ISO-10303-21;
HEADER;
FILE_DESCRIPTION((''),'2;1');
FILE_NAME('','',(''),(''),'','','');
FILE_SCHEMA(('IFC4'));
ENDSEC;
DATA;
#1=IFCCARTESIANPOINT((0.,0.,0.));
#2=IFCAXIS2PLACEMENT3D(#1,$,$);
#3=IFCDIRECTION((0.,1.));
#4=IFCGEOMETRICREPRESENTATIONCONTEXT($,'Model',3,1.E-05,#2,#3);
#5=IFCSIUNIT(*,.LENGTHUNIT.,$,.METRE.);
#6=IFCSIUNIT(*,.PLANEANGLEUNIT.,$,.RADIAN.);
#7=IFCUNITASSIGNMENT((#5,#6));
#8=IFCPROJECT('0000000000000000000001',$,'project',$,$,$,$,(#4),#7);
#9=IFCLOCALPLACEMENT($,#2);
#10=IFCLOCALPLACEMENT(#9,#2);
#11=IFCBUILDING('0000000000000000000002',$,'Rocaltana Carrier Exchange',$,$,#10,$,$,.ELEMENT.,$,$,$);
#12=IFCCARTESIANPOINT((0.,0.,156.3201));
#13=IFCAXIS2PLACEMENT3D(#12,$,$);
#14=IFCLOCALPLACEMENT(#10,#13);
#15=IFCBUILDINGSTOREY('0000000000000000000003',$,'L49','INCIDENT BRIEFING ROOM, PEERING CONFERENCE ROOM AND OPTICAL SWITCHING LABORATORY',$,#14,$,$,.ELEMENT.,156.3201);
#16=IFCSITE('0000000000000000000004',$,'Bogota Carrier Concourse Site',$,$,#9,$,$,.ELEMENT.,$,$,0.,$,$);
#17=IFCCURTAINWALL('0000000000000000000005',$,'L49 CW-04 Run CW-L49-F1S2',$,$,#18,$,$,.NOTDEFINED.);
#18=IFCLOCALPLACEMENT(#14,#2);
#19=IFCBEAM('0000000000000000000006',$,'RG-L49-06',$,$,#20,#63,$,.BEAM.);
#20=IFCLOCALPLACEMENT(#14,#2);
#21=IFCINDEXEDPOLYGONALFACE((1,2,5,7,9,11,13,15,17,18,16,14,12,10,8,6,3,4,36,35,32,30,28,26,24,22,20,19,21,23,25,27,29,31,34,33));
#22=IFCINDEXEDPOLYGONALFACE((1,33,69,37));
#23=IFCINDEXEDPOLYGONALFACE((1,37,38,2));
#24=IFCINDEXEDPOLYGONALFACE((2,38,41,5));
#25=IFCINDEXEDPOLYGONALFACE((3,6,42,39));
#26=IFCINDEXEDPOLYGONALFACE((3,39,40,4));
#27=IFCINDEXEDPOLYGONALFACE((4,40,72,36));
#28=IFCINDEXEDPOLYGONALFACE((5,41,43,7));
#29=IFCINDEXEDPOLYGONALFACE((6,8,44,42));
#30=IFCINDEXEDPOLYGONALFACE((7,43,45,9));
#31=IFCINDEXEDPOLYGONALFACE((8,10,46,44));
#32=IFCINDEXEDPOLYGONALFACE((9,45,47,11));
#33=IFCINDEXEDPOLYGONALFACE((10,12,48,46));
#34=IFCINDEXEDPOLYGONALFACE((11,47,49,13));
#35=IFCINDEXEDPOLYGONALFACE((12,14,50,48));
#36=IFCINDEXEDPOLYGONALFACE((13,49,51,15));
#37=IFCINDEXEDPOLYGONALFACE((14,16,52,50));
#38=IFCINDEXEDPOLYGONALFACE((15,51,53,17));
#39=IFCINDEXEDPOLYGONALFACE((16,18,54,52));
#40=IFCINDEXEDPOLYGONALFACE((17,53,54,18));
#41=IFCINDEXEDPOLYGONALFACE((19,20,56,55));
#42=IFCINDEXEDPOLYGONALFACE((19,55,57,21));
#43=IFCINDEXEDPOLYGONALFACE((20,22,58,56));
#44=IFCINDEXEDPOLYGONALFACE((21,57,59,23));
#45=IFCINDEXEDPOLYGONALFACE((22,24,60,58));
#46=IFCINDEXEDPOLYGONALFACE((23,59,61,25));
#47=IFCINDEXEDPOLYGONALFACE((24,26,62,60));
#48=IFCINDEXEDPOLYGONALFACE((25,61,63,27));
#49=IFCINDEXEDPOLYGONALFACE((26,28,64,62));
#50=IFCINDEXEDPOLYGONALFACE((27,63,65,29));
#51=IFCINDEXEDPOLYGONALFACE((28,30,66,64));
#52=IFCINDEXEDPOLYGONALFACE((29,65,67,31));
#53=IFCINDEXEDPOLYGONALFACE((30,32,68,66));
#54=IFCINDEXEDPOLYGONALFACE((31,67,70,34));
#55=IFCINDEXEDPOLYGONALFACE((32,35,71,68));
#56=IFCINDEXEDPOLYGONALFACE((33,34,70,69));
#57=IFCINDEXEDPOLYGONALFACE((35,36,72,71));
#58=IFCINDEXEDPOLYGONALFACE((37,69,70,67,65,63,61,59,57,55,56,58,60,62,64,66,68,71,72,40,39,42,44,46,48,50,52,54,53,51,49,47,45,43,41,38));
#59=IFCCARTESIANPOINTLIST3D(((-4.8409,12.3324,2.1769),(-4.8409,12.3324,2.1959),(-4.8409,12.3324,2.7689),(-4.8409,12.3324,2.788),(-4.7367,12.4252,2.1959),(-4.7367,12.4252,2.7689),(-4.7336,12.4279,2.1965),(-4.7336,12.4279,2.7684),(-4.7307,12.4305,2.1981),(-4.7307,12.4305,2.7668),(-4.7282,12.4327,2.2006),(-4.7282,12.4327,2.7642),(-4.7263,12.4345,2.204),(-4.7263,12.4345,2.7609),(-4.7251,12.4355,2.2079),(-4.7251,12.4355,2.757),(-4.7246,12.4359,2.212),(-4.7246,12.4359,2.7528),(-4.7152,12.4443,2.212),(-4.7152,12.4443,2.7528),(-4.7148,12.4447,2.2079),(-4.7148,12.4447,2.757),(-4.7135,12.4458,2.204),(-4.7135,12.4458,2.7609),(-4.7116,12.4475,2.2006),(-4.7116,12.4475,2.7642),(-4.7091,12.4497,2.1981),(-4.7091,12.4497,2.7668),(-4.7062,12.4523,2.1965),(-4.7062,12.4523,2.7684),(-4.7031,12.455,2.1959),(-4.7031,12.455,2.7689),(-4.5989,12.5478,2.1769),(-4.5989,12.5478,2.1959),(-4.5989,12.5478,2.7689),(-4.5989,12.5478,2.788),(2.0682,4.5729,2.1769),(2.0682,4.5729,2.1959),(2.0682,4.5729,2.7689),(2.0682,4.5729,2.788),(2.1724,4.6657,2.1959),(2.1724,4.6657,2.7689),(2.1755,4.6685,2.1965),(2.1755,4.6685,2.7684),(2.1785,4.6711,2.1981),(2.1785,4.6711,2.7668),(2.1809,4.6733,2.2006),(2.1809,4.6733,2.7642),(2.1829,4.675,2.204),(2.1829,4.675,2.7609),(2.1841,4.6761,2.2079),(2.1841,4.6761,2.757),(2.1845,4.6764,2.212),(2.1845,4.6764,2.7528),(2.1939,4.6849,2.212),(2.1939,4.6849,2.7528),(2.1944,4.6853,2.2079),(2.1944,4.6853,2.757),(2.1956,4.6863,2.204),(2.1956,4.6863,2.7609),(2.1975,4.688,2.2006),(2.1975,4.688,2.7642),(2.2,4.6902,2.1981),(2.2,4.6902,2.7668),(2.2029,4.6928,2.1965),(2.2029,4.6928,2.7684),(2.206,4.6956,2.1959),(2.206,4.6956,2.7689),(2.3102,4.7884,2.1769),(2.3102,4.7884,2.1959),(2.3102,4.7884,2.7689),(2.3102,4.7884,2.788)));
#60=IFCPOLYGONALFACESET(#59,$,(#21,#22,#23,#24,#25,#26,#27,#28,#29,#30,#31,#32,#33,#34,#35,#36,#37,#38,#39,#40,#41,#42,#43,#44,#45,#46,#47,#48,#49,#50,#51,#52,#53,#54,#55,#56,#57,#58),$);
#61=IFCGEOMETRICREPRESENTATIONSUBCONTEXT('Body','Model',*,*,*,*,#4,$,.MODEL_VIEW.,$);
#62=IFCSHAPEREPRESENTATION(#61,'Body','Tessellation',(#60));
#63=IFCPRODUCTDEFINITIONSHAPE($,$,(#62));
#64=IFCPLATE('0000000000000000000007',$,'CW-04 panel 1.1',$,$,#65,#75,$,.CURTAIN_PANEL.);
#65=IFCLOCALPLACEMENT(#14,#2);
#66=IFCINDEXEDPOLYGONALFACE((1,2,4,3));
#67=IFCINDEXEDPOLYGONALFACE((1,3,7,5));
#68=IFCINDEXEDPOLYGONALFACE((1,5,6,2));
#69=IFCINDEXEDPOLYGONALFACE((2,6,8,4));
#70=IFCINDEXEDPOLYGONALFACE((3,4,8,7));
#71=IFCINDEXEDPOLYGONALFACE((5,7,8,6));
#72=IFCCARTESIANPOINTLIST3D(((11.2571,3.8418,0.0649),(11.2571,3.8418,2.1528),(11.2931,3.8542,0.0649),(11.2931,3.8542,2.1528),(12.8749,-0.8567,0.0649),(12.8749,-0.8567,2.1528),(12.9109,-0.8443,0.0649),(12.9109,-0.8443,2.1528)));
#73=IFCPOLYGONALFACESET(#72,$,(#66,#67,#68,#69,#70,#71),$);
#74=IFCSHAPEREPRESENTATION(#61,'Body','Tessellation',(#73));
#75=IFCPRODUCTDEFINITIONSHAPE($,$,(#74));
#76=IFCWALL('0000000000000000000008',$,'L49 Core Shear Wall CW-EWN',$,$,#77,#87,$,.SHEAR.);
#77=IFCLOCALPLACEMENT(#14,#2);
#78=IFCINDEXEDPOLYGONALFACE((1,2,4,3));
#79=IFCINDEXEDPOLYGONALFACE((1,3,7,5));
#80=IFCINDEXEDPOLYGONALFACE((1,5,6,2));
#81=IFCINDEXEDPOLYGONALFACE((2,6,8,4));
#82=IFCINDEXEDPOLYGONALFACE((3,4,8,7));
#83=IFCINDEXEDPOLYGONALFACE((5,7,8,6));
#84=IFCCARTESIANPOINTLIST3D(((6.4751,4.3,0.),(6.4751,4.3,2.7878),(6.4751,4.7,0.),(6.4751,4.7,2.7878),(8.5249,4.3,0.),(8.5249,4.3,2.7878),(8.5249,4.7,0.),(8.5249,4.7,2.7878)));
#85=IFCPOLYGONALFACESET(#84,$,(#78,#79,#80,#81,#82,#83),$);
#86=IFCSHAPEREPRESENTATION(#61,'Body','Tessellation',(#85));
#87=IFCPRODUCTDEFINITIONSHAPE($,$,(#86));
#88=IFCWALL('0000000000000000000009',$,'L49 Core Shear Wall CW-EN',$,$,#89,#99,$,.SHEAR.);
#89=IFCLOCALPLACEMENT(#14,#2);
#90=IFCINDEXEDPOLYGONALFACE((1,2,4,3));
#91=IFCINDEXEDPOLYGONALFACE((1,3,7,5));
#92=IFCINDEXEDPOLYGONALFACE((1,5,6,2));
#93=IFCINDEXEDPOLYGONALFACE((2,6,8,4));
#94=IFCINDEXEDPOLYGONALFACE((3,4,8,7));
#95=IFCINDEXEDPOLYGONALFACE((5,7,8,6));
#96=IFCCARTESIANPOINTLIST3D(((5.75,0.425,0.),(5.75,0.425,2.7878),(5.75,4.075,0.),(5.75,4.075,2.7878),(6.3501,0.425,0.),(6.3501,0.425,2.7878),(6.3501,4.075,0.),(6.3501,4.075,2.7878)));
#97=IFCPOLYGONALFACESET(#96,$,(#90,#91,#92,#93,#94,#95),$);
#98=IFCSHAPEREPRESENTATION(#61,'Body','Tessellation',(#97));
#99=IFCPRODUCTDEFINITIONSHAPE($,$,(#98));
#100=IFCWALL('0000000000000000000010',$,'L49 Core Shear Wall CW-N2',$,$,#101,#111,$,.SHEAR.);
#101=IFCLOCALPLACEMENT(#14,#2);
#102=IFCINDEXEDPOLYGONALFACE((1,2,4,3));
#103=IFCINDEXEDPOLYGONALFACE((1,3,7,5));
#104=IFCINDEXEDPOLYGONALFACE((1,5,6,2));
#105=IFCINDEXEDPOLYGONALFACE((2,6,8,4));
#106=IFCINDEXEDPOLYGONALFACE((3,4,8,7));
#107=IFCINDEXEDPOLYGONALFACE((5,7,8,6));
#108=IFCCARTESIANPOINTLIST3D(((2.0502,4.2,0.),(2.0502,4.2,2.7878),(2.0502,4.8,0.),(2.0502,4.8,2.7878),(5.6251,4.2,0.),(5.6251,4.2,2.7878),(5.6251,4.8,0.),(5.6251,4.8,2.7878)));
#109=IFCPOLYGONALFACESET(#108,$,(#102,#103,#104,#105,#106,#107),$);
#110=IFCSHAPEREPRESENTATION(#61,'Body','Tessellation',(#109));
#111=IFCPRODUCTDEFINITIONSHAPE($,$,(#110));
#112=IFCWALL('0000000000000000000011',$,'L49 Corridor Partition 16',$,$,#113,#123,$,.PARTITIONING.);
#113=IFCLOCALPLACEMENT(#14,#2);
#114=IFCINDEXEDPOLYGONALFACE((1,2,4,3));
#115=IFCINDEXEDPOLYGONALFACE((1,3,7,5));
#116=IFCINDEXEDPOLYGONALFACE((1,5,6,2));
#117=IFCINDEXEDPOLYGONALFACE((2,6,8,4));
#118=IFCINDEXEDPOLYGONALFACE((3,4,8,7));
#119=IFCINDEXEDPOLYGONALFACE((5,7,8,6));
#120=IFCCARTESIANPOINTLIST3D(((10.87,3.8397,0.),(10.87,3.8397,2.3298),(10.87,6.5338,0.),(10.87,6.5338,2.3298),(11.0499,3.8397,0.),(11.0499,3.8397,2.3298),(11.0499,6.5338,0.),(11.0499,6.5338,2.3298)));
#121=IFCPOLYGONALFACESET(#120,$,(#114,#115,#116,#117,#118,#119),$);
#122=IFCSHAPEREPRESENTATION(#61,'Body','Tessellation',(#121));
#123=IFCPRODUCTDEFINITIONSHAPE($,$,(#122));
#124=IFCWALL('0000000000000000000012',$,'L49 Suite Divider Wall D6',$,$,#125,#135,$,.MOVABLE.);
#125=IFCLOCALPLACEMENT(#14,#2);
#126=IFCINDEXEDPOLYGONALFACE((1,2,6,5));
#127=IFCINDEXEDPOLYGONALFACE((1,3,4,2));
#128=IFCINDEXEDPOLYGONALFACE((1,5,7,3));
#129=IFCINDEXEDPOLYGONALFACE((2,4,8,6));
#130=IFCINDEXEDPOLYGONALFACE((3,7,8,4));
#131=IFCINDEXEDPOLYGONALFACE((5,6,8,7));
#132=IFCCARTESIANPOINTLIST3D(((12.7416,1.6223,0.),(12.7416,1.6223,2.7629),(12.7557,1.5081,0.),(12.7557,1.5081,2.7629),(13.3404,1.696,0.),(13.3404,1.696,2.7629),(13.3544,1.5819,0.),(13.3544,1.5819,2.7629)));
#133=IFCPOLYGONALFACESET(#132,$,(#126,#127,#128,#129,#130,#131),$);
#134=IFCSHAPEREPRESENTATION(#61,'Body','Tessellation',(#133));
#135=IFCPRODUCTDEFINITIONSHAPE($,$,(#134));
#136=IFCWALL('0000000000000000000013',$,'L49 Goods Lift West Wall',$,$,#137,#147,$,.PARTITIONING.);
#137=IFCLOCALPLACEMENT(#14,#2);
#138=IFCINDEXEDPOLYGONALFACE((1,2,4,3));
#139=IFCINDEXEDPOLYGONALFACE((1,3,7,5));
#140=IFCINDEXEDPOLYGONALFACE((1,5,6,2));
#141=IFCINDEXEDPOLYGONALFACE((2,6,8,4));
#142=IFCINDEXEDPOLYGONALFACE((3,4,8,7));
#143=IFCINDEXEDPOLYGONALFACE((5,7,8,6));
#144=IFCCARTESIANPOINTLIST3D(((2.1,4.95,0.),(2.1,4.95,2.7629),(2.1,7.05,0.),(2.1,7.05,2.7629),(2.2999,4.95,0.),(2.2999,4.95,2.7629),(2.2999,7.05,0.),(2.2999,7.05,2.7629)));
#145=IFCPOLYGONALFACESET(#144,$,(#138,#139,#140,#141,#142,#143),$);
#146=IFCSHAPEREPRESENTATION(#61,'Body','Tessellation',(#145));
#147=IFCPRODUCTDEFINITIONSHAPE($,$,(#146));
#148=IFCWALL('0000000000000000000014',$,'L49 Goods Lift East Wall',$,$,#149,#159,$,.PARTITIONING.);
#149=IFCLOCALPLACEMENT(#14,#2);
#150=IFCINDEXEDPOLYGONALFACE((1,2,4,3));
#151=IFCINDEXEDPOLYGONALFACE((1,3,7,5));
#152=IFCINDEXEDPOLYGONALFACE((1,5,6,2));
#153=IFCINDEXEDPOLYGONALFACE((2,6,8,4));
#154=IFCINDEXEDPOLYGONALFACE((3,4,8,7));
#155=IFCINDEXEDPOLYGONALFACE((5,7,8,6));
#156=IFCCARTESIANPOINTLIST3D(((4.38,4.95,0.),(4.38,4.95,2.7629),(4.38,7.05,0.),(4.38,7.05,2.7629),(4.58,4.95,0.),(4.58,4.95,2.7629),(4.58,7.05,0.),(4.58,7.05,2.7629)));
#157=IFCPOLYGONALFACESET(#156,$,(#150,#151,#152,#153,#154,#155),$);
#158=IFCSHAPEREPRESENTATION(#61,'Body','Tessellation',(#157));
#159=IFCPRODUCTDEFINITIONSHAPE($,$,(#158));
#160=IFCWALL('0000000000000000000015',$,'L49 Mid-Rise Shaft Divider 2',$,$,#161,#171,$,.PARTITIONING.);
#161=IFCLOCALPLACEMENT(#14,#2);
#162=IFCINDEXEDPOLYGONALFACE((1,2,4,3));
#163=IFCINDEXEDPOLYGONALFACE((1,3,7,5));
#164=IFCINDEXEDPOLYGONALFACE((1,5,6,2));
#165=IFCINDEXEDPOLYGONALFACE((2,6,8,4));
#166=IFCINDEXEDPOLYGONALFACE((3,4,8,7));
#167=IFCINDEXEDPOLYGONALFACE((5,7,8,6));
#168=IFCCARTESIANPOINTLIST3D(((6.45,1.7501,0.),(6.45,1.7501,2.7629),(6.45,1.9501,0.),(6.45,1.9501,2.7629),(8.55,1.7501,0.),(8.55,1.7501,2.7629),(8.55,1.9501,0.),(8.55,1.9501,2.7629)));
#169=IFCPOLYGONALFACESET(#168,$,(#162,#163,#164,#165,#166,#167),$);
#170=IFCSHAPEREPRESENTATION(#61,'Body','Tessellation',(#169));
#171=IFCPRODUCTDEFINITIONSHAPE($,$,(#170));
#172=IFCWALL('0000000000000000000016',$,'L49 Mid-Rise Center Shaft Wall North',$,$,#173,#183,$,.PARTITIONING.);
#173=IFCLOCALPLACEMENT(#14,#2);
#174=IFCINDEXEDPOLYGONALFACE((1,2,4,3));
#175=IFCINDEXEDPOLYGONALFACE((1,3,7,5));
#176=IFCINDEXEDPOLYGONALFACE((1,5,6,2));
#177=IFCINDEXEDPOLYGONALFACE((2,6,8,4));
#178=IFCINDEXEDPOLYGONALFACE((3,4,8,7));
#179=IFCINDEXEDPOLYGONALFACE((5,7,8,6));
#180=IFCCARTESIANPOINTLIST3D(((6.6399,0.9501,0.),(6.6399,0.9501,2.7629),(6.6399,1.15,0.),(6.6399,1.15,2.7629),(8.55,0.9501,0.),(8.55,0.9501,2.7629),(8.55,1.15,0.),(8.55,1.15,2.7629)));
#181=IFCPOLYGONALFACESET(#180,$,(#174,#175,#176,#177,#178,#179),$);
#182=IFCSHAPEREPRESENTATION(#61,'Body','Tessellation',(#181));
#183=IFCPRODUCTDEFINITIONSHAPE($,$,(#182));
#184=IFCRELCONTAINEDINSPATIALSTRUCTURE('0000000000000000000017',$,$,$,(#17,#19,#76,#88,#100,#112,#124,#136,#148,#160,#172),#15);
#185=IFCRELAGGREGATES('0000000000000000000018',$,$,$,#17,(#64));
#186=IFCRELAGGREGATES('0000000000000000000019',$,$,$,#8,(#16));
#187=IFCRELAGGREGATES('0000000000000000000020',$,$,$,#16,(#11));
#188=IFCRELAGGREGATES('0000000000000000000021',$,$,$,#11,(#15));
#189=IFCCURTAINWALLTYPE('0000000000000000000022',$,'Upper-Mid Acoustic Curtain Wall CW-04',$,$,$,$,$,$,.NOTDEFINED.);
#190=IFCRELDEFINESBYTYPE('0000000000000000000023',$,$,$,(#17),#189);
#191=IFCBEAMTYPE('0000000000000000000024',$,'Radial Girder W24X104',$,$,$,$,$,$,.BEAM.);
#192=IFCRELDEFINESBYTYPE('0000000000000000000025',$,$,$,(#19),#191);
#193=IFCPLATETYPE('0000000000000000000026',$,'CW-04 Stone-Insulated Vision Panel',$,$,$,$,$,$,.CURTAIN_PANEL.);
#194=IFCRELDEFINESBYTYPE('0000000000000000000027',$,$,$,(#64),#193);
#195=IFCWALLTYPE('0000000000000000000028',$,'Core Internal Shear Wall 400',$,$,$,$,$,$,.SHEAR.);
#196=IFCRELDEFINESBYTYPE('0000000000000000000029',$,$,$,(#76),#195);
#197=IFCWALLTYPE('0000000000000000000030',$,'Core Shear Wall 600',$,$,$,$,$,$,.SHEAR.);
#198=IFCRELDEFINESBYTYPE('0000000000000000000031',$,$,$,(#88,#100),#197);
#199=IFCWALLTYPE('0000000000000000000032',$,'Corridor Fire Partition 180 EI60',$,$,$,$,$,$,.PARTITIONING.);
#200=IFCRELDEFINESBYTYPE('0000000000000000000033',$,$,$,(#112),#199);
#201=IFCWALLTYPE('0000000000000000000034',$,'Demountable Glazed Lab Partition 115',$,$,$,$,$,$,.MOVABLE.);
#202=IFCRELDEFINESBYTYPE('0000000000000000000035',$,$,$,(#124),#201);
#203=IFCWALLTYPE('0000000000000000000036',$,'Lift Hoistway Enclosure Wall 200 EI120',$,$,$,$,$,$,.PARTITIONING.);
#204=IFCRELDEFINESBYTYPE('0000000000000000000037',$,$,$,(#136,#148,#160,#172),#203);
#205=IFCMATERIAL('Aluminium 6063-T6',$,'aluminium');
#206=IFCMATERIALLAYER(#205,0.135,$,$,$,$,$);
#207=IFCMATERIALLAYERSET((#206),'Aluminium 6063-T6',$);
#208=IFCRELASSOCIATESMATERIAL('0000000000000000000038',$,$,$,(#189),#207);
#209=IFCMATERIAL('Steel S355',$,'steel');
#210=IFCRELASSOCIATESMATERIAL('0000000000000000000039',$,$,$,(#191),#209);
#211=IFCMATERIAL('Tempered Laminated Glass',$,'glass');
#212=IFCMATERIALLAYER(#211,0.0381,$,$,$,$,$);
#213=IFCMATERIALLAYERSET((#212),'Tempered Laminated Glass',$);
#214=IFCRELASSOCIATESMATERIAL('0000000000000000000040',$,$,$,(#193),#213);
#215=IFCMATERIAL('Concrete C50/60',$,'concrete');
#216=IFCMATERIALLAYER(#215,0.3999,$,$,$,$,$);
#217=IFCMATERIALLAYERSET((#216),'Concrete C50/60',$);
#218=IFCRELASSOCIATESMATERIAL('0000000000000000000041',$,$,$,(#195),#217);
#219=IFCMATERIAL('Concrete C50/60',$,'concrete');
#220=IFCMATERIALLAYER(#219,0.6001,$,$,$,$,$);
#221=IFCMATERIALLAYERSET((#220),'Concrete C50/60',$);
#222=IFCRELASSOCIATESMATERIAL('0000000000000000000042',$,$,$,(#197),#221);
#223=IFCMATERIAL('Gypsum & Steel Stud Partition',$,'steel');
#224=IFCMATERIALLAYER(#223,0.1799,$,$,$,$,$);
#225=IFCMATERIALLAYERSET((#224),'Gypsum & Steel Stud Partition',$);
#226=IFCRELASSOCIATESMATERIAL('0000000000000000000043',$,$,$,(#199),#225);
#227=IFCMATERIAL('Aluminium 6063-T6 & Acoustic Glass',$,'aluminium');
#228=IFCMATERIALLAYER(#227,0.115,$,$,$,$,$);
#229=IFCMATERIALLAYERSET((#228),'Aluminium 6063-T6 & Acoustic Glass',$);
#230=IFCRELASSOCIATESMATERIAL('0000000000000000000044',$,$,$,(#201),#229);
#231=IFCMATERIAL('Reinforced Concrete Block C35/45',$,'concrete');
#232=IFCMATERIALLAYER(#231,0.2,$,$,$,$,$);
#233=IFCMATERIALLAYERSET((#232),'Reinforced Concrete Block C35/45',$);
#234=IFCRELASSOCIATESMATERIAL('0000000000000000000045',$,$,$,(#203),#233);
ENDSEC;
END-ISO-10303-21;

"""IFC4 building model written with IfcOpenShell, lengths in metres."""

from ifc_helpers import new_model, si_unit, direction, frame, frame_2d, origin, origin_2d, place, context, subcontext, project, spatial, rectangle, i_section, extrude, material, layer, layer_set, material_profile, profile_set, type_object, element, aggregate, save


model = new_model("IFC4")

# Units and contexts
model_context = context("Model", 3, precision=1e-05, world=origin(), true_north=direction((0.0, 1.0)))
body_context = subcontext(model_context, "Body", "Model", "MODEL_VIEW")
ifc_project = project(units=[si_unit("LENGTHUNIT", "METRE"), si_unit("PLANEANGLEUNIT", "RADIAN")], contexts=[model_context])

# Site, building, storey
site_placement = place(None, origin())
site = spatial("IfcSite", under=ifc_project, at=site_placement, Name="Bogota Carrier Concourse Site", CompositionType="ELEMENT", RefElevation=0.0)
building_placement = place(site_placement, origin())
building = spatial("IfcBuilding", under=site, at=building_placement, Name="Rocaltana Carrier Exchange", CompositionType="ELEMENT")
storey_placement = place(building_placement, frame((0.0, 0.0, 156.3201)))
storey = spatial("IfcBuildingStorey", under=building, at=storey_placement, Name="L49", Description="INCIDENT BRIEFING ROOM, PEERING CONFERENCE ROOM AND OPTICAL SWITCHING LABORATORY", CompositionType="ELEMENT", Elevation=156.3201)

# Curtain wall
ifc_material_1 = material(Name="Aluminium 6063-T6", Category="aluminium")
ifc_layer_1 = layer(ifc_material_1, 0.135)
ifc_layer_set_1 = layer_set([ifc_layer_1], Name="Aluminium 6063-T6")
curtain_wall_type = type_object("IfcCurtainWallType", Name="Upper-Mid Acoustic Curtain Wall CW-04", PredefinedType="NOTDEFINED", material=ifc_layer_set_1)
curtain_wall_placement = place(storey_placement, origin())
curtain_wall = element("IfcCurtainWall", 1, at=curtain_wall_placement, inside=storey, type_object=curtain_wall_type, Name="L49 CW-04 Run CW-L49-F1S2", PredefinedType="NOTDEFINED")

# Beam
ifc_material_2 = material(Name="Steel S355", Category="steel")
ifc_material_profile_1 = material_profile(ifc_material_2, i_section(OverallWidth=0.324, OverallDepth=0.6111, WebThickness=0.0127, FlangeThickness=0.019, FilletRadius=0.0161, at=origin_2d()), Name="W24X104")
ifc_profile_set_1 = profile_set([ifc_material_profile_1], Name="Steel S355")
beam_type_1 = type_object("IfcBeamType", Name="Radial Girder W24X104", PredefinedType="BEAM", material=ifc_profile_set_1)
beam_1_placement = place(storey_placement, frame((2.1892, 4.6807, 2.4824), z_axis=(-0.665, 0.746844, 0.0), x_axis=(-0.746844, -0.665, 0.0)))
element("IfcBeam", 2, at=beam_1_placement, inside=storey, type_object=beam_type_1, Name="RG-L49-06", PredefinedType="BEAM", context=body_context, shape_type="SweptSolid", body=[
    extrude(i_section(OverallWidth=0.324, OverallDepth=0.6111, WebThickness=0.0127, FlangeThickness=0.019, FilletRadius=0.0161, at=origin_2d()), origin(), (0.0, 0.0, 1.0), 10.3896),
])

# Plate
ifc_material_3 = material(Name="Tempered Laminated Glass", Category="glass")
ifc_layer_2 = layer(ifc_material_3, 0.0381)
ifc_layer_set_2 = layer_set([ifc_layer_2], Name="Tempered Laminated Glass")
plate_type = type_object("IfcPlateType", Name="CW-04 Stone-Insulated Vision Panel", PredefinedType="CURTAIN_PANEL", material=ifc_layer_set_2)
plate_placement = place(storey_placement, frame((12.084, 1.4988, 0.0649), z_axis=(0.0, 0.0, 1.0), x_axis=(-0.325562, 0.945521, 0.0)))
plate = element("IfcPlate", 3, at=plate_placement, type_object=plate_type, Name="CW-04 panel 1.1", PredefinedType="CURTAIN_PANEL", context=body_context, shape_type="SweptSolid", body=[
    extrude(rectangle(XDim=4.9692, YDim=0.0381, at=origin_2d()), origin(), (0.0, 0.0, 1.0), 2.0879),
])
aggregate(curtain_wall, [plate])

# Walls
ifc_material_4 = material(Name="Concrete C50/60", Category="concrete")
ifc_layer_3 = layer(ifc_material_4, 0.3999)
ifc_layer_set_3 = layer_set([ifc_layer_3], Name="Concrete C50/60")
wall_type_1 = type_object("IfcWallType", Name="Core Internal Shear Wall 400", PredefinedType="SHEAR", material=ifc_layer_set_3)
wall_1_placement = place(storey_placement, frame((6.4751, 4.5, 0.0), z_axis=(0.0, 0.0, 1.0), x_axis=(1.0, 0.0, 0.0)))
element("IfcWall", 4, at=wall_1_placement, inside=storey, type_object=wall_type_1, Name="L49 Core Shear Wall CW-EWN", PredefinedType="SHEAR", context=body_context, shape_type="SweptSolid", body=[
    extrude(rectangle(XDim=2.0498, YDim=0.3999, at=frame_2d((1.0249, 0.0))), origin(), (0.0, 0.0, 1.0), 2.7878),
])
ifc_material_5 = material(Name="Concrete C50/60", Category="concrete")
ifc_layer_4 = layer(ifc_material_5, 0.6001)
ifc_layer_set_4 = layer_set([ifc_layer_4], Name="Concrete C50/60")
wall_type_2 = type_object("IfcWallType", Name="Core Shear Wall 600", PredefinedType="SHEAR", material=ifc_layer_set_4)
wall_2_placement = place(storey_placement, frame((6.05, 0.425, 0.0), z_axis=(0.0, 0.0, 1.0), x_axis=(0.0, 1.0, 0.0)))
element("IfcWall", 5, at=wall_2_placement, inside=storey, type_object=wall_type_2, Name="L49 Core Shear Wall CW-EN", PredefinedType="SHEAR", context=body_context, shape_type="SweptSolid", body=[
    extrude(rectangle(XDim=3.6499, YDim=0.6001, at=frame_2d((1.825, 0.0))), origin(), (0.0, 0.0, 1.0), 2.7878),
])
wall_3_placement = place(storey_placement, frame((2.05, 4.5, 0.0), z_axis=(0.0, 0.0, 1.0), x_axis=(1.0, 0.0, 0.0)))
element("IfcWall", 6, at=wall_3_placement, inside=storey, type_object=wall_type_2, Name="L49 Core Shear Wall CW-N2", PredefinedType="SHEAR", context=body_context, shape_type="SweptSolid", body=[
    extrude(rectangle(XDim=3.575, YDim=0.6001, at=frame_2d((1.7876, 0.0))), origin(), (0.0, 0.0, 1.0), 2.7878),
])
ifc_material_6 = material(Name="Gypsum & Steel Stud Partition", Category="steel")
ifc_layer_5 = layer(ifc_material_6, 0.1799)
ifc_layer_set_5 = layer_set([ifc_layer_5], Name="Gypsum & Steel Stud Partition")
wall_type_3 = type_object("IfcWallType", Name="Corridor Fire Partition 180 EI60", PredefinedType="PARTITIONING", material=ifc_layer_set_5)
wall_4_placement = place(storey_placement, frame((10.96, 3.8396, 0.0), z_axis=(0.0, 0.0, 1.0), x_axis=(0.0, 1.0, 0.0)))
element("IfcWall", 7, at=wall_4_placement, inside=storey, type_object=wall_type_3, Name="L49 Corridor Partition 16", PredefinedType="PARTITIONING", context=body_context, shape_type="SweptSolid", body=[
    extrude(rectangle(XDim=2.6941, YDim=0.1799, at=frame_2d((1.3472, 0.0))), origin(), (0.0, 0.0, 1.0), 2.3298),
])
ifc_material_7 = material(Name="Aluminium 6063-T6 & Acoustic Glass", Category="aluminium")
ifc_layer_6 = layer(ifc_material_7, 0.115)
ifc_layer_set_6 = layer_set([ifc_layer_6], Name="Aluminium 6063-T6 & Acoustic Glass")
wall_type_4 = type_object("IfcWallType", Name="Demountable Glazed Lab Partition 115", PredefinedType="MOVABLE", material=ifc_layer_set_6)
wall_5_placement = place(storey_placement, frame((12.7485, 1.5652, 0.0), z_axis=(0.0, 0.0, 1.0), x_axis=(0.9925, 0.122241, 0.0)))
element("IfcWall", 8, at=wall_5_placement, inside=storey, type_object=wall_type_4, Name="L49 Suite Divider Wall D6", PredefinedType="MOVABLE", context=body_context, shape_type="SweptSolid", body=[
    extrude(rectangle(XDim=0.6033, YDim=0.115, at=frame_2d((0.3018, 0.0))), origin(), (0.0, 0.0, 1.0), 2.7629),
])
ifc_material_8 = material(Name="Reinforced Concrete Block C35/45", Category="concrete")
ifc_layer_7 = layer(ifc_material_8, 0.2)
ifc_layer_set_7 = layer_set([ifc_layer_7], Name="Reinforced Concrete Block C35/45")
wall_type_5 = type_object("IfcWallType", Name="Lift Hoistway Enclosure Wall 200 EI120", PredefinedType="PARTITIONING", material=ifc_layer_set_7)
for number, where, z_axis, x_axis, name in (
    (9, (2.2, 4.95, 0.0), (0.0, 0.0, 1.0), (0.0, 1.0, 0.0), "L49 Goods Lift West Wall"),
    (10, (4.48, 4.95, 0.0), (0.0, 0.0, 1.0), (0.0, 1.0, 0.0), "L49 Goods Lift East Wall"),
    (11, (6.45, 1.8501, 0.0), (0.0, 0.0, 1.0), (1.0, 0.0, 0.0), "L49 Mid-Rise Shaft Divider 2"),
):
    element("IfcWall", number, at=place(storey_placement, frame(where, z_axis=z_axis, x_axis=x_axis)), inside=storey, type_object=wall_type_5, Name=name, PredefinedType="PARTITIONING", context=body_context, shape_type="SweptSolid", body=[
        extrude(rectangle(XDim=2.1001, YDim=0.2, at=frame_2d((1.05, 0.0))), origin(), (0.0, 0.0, 1.0), 2.7629),
    ])
wall_6_placement = place(storey_placement, frame((6.6399, 1.05, 0.0), z_axis=(0.0, 0.0, 1.0), x_axis=(1.0, 0.0, 0.0)))
element("IfcWall", 12, at=wall_6_placement, inside=storey, type_object=wall_type_5, Name="L49 Mid-Rise Center Shaft Wall North", PredefinedType="PARTITIONING", context=body_context, shape_type="SweptSolid", body=[
    extrude(rectangle(XDim=1.9102, YDim=0.2, at=frame_2d((0.9551, 0.0))), origin(), (0.0, 0.0, 1.0), 2.7629),
])

save(model, "model.ifc")
